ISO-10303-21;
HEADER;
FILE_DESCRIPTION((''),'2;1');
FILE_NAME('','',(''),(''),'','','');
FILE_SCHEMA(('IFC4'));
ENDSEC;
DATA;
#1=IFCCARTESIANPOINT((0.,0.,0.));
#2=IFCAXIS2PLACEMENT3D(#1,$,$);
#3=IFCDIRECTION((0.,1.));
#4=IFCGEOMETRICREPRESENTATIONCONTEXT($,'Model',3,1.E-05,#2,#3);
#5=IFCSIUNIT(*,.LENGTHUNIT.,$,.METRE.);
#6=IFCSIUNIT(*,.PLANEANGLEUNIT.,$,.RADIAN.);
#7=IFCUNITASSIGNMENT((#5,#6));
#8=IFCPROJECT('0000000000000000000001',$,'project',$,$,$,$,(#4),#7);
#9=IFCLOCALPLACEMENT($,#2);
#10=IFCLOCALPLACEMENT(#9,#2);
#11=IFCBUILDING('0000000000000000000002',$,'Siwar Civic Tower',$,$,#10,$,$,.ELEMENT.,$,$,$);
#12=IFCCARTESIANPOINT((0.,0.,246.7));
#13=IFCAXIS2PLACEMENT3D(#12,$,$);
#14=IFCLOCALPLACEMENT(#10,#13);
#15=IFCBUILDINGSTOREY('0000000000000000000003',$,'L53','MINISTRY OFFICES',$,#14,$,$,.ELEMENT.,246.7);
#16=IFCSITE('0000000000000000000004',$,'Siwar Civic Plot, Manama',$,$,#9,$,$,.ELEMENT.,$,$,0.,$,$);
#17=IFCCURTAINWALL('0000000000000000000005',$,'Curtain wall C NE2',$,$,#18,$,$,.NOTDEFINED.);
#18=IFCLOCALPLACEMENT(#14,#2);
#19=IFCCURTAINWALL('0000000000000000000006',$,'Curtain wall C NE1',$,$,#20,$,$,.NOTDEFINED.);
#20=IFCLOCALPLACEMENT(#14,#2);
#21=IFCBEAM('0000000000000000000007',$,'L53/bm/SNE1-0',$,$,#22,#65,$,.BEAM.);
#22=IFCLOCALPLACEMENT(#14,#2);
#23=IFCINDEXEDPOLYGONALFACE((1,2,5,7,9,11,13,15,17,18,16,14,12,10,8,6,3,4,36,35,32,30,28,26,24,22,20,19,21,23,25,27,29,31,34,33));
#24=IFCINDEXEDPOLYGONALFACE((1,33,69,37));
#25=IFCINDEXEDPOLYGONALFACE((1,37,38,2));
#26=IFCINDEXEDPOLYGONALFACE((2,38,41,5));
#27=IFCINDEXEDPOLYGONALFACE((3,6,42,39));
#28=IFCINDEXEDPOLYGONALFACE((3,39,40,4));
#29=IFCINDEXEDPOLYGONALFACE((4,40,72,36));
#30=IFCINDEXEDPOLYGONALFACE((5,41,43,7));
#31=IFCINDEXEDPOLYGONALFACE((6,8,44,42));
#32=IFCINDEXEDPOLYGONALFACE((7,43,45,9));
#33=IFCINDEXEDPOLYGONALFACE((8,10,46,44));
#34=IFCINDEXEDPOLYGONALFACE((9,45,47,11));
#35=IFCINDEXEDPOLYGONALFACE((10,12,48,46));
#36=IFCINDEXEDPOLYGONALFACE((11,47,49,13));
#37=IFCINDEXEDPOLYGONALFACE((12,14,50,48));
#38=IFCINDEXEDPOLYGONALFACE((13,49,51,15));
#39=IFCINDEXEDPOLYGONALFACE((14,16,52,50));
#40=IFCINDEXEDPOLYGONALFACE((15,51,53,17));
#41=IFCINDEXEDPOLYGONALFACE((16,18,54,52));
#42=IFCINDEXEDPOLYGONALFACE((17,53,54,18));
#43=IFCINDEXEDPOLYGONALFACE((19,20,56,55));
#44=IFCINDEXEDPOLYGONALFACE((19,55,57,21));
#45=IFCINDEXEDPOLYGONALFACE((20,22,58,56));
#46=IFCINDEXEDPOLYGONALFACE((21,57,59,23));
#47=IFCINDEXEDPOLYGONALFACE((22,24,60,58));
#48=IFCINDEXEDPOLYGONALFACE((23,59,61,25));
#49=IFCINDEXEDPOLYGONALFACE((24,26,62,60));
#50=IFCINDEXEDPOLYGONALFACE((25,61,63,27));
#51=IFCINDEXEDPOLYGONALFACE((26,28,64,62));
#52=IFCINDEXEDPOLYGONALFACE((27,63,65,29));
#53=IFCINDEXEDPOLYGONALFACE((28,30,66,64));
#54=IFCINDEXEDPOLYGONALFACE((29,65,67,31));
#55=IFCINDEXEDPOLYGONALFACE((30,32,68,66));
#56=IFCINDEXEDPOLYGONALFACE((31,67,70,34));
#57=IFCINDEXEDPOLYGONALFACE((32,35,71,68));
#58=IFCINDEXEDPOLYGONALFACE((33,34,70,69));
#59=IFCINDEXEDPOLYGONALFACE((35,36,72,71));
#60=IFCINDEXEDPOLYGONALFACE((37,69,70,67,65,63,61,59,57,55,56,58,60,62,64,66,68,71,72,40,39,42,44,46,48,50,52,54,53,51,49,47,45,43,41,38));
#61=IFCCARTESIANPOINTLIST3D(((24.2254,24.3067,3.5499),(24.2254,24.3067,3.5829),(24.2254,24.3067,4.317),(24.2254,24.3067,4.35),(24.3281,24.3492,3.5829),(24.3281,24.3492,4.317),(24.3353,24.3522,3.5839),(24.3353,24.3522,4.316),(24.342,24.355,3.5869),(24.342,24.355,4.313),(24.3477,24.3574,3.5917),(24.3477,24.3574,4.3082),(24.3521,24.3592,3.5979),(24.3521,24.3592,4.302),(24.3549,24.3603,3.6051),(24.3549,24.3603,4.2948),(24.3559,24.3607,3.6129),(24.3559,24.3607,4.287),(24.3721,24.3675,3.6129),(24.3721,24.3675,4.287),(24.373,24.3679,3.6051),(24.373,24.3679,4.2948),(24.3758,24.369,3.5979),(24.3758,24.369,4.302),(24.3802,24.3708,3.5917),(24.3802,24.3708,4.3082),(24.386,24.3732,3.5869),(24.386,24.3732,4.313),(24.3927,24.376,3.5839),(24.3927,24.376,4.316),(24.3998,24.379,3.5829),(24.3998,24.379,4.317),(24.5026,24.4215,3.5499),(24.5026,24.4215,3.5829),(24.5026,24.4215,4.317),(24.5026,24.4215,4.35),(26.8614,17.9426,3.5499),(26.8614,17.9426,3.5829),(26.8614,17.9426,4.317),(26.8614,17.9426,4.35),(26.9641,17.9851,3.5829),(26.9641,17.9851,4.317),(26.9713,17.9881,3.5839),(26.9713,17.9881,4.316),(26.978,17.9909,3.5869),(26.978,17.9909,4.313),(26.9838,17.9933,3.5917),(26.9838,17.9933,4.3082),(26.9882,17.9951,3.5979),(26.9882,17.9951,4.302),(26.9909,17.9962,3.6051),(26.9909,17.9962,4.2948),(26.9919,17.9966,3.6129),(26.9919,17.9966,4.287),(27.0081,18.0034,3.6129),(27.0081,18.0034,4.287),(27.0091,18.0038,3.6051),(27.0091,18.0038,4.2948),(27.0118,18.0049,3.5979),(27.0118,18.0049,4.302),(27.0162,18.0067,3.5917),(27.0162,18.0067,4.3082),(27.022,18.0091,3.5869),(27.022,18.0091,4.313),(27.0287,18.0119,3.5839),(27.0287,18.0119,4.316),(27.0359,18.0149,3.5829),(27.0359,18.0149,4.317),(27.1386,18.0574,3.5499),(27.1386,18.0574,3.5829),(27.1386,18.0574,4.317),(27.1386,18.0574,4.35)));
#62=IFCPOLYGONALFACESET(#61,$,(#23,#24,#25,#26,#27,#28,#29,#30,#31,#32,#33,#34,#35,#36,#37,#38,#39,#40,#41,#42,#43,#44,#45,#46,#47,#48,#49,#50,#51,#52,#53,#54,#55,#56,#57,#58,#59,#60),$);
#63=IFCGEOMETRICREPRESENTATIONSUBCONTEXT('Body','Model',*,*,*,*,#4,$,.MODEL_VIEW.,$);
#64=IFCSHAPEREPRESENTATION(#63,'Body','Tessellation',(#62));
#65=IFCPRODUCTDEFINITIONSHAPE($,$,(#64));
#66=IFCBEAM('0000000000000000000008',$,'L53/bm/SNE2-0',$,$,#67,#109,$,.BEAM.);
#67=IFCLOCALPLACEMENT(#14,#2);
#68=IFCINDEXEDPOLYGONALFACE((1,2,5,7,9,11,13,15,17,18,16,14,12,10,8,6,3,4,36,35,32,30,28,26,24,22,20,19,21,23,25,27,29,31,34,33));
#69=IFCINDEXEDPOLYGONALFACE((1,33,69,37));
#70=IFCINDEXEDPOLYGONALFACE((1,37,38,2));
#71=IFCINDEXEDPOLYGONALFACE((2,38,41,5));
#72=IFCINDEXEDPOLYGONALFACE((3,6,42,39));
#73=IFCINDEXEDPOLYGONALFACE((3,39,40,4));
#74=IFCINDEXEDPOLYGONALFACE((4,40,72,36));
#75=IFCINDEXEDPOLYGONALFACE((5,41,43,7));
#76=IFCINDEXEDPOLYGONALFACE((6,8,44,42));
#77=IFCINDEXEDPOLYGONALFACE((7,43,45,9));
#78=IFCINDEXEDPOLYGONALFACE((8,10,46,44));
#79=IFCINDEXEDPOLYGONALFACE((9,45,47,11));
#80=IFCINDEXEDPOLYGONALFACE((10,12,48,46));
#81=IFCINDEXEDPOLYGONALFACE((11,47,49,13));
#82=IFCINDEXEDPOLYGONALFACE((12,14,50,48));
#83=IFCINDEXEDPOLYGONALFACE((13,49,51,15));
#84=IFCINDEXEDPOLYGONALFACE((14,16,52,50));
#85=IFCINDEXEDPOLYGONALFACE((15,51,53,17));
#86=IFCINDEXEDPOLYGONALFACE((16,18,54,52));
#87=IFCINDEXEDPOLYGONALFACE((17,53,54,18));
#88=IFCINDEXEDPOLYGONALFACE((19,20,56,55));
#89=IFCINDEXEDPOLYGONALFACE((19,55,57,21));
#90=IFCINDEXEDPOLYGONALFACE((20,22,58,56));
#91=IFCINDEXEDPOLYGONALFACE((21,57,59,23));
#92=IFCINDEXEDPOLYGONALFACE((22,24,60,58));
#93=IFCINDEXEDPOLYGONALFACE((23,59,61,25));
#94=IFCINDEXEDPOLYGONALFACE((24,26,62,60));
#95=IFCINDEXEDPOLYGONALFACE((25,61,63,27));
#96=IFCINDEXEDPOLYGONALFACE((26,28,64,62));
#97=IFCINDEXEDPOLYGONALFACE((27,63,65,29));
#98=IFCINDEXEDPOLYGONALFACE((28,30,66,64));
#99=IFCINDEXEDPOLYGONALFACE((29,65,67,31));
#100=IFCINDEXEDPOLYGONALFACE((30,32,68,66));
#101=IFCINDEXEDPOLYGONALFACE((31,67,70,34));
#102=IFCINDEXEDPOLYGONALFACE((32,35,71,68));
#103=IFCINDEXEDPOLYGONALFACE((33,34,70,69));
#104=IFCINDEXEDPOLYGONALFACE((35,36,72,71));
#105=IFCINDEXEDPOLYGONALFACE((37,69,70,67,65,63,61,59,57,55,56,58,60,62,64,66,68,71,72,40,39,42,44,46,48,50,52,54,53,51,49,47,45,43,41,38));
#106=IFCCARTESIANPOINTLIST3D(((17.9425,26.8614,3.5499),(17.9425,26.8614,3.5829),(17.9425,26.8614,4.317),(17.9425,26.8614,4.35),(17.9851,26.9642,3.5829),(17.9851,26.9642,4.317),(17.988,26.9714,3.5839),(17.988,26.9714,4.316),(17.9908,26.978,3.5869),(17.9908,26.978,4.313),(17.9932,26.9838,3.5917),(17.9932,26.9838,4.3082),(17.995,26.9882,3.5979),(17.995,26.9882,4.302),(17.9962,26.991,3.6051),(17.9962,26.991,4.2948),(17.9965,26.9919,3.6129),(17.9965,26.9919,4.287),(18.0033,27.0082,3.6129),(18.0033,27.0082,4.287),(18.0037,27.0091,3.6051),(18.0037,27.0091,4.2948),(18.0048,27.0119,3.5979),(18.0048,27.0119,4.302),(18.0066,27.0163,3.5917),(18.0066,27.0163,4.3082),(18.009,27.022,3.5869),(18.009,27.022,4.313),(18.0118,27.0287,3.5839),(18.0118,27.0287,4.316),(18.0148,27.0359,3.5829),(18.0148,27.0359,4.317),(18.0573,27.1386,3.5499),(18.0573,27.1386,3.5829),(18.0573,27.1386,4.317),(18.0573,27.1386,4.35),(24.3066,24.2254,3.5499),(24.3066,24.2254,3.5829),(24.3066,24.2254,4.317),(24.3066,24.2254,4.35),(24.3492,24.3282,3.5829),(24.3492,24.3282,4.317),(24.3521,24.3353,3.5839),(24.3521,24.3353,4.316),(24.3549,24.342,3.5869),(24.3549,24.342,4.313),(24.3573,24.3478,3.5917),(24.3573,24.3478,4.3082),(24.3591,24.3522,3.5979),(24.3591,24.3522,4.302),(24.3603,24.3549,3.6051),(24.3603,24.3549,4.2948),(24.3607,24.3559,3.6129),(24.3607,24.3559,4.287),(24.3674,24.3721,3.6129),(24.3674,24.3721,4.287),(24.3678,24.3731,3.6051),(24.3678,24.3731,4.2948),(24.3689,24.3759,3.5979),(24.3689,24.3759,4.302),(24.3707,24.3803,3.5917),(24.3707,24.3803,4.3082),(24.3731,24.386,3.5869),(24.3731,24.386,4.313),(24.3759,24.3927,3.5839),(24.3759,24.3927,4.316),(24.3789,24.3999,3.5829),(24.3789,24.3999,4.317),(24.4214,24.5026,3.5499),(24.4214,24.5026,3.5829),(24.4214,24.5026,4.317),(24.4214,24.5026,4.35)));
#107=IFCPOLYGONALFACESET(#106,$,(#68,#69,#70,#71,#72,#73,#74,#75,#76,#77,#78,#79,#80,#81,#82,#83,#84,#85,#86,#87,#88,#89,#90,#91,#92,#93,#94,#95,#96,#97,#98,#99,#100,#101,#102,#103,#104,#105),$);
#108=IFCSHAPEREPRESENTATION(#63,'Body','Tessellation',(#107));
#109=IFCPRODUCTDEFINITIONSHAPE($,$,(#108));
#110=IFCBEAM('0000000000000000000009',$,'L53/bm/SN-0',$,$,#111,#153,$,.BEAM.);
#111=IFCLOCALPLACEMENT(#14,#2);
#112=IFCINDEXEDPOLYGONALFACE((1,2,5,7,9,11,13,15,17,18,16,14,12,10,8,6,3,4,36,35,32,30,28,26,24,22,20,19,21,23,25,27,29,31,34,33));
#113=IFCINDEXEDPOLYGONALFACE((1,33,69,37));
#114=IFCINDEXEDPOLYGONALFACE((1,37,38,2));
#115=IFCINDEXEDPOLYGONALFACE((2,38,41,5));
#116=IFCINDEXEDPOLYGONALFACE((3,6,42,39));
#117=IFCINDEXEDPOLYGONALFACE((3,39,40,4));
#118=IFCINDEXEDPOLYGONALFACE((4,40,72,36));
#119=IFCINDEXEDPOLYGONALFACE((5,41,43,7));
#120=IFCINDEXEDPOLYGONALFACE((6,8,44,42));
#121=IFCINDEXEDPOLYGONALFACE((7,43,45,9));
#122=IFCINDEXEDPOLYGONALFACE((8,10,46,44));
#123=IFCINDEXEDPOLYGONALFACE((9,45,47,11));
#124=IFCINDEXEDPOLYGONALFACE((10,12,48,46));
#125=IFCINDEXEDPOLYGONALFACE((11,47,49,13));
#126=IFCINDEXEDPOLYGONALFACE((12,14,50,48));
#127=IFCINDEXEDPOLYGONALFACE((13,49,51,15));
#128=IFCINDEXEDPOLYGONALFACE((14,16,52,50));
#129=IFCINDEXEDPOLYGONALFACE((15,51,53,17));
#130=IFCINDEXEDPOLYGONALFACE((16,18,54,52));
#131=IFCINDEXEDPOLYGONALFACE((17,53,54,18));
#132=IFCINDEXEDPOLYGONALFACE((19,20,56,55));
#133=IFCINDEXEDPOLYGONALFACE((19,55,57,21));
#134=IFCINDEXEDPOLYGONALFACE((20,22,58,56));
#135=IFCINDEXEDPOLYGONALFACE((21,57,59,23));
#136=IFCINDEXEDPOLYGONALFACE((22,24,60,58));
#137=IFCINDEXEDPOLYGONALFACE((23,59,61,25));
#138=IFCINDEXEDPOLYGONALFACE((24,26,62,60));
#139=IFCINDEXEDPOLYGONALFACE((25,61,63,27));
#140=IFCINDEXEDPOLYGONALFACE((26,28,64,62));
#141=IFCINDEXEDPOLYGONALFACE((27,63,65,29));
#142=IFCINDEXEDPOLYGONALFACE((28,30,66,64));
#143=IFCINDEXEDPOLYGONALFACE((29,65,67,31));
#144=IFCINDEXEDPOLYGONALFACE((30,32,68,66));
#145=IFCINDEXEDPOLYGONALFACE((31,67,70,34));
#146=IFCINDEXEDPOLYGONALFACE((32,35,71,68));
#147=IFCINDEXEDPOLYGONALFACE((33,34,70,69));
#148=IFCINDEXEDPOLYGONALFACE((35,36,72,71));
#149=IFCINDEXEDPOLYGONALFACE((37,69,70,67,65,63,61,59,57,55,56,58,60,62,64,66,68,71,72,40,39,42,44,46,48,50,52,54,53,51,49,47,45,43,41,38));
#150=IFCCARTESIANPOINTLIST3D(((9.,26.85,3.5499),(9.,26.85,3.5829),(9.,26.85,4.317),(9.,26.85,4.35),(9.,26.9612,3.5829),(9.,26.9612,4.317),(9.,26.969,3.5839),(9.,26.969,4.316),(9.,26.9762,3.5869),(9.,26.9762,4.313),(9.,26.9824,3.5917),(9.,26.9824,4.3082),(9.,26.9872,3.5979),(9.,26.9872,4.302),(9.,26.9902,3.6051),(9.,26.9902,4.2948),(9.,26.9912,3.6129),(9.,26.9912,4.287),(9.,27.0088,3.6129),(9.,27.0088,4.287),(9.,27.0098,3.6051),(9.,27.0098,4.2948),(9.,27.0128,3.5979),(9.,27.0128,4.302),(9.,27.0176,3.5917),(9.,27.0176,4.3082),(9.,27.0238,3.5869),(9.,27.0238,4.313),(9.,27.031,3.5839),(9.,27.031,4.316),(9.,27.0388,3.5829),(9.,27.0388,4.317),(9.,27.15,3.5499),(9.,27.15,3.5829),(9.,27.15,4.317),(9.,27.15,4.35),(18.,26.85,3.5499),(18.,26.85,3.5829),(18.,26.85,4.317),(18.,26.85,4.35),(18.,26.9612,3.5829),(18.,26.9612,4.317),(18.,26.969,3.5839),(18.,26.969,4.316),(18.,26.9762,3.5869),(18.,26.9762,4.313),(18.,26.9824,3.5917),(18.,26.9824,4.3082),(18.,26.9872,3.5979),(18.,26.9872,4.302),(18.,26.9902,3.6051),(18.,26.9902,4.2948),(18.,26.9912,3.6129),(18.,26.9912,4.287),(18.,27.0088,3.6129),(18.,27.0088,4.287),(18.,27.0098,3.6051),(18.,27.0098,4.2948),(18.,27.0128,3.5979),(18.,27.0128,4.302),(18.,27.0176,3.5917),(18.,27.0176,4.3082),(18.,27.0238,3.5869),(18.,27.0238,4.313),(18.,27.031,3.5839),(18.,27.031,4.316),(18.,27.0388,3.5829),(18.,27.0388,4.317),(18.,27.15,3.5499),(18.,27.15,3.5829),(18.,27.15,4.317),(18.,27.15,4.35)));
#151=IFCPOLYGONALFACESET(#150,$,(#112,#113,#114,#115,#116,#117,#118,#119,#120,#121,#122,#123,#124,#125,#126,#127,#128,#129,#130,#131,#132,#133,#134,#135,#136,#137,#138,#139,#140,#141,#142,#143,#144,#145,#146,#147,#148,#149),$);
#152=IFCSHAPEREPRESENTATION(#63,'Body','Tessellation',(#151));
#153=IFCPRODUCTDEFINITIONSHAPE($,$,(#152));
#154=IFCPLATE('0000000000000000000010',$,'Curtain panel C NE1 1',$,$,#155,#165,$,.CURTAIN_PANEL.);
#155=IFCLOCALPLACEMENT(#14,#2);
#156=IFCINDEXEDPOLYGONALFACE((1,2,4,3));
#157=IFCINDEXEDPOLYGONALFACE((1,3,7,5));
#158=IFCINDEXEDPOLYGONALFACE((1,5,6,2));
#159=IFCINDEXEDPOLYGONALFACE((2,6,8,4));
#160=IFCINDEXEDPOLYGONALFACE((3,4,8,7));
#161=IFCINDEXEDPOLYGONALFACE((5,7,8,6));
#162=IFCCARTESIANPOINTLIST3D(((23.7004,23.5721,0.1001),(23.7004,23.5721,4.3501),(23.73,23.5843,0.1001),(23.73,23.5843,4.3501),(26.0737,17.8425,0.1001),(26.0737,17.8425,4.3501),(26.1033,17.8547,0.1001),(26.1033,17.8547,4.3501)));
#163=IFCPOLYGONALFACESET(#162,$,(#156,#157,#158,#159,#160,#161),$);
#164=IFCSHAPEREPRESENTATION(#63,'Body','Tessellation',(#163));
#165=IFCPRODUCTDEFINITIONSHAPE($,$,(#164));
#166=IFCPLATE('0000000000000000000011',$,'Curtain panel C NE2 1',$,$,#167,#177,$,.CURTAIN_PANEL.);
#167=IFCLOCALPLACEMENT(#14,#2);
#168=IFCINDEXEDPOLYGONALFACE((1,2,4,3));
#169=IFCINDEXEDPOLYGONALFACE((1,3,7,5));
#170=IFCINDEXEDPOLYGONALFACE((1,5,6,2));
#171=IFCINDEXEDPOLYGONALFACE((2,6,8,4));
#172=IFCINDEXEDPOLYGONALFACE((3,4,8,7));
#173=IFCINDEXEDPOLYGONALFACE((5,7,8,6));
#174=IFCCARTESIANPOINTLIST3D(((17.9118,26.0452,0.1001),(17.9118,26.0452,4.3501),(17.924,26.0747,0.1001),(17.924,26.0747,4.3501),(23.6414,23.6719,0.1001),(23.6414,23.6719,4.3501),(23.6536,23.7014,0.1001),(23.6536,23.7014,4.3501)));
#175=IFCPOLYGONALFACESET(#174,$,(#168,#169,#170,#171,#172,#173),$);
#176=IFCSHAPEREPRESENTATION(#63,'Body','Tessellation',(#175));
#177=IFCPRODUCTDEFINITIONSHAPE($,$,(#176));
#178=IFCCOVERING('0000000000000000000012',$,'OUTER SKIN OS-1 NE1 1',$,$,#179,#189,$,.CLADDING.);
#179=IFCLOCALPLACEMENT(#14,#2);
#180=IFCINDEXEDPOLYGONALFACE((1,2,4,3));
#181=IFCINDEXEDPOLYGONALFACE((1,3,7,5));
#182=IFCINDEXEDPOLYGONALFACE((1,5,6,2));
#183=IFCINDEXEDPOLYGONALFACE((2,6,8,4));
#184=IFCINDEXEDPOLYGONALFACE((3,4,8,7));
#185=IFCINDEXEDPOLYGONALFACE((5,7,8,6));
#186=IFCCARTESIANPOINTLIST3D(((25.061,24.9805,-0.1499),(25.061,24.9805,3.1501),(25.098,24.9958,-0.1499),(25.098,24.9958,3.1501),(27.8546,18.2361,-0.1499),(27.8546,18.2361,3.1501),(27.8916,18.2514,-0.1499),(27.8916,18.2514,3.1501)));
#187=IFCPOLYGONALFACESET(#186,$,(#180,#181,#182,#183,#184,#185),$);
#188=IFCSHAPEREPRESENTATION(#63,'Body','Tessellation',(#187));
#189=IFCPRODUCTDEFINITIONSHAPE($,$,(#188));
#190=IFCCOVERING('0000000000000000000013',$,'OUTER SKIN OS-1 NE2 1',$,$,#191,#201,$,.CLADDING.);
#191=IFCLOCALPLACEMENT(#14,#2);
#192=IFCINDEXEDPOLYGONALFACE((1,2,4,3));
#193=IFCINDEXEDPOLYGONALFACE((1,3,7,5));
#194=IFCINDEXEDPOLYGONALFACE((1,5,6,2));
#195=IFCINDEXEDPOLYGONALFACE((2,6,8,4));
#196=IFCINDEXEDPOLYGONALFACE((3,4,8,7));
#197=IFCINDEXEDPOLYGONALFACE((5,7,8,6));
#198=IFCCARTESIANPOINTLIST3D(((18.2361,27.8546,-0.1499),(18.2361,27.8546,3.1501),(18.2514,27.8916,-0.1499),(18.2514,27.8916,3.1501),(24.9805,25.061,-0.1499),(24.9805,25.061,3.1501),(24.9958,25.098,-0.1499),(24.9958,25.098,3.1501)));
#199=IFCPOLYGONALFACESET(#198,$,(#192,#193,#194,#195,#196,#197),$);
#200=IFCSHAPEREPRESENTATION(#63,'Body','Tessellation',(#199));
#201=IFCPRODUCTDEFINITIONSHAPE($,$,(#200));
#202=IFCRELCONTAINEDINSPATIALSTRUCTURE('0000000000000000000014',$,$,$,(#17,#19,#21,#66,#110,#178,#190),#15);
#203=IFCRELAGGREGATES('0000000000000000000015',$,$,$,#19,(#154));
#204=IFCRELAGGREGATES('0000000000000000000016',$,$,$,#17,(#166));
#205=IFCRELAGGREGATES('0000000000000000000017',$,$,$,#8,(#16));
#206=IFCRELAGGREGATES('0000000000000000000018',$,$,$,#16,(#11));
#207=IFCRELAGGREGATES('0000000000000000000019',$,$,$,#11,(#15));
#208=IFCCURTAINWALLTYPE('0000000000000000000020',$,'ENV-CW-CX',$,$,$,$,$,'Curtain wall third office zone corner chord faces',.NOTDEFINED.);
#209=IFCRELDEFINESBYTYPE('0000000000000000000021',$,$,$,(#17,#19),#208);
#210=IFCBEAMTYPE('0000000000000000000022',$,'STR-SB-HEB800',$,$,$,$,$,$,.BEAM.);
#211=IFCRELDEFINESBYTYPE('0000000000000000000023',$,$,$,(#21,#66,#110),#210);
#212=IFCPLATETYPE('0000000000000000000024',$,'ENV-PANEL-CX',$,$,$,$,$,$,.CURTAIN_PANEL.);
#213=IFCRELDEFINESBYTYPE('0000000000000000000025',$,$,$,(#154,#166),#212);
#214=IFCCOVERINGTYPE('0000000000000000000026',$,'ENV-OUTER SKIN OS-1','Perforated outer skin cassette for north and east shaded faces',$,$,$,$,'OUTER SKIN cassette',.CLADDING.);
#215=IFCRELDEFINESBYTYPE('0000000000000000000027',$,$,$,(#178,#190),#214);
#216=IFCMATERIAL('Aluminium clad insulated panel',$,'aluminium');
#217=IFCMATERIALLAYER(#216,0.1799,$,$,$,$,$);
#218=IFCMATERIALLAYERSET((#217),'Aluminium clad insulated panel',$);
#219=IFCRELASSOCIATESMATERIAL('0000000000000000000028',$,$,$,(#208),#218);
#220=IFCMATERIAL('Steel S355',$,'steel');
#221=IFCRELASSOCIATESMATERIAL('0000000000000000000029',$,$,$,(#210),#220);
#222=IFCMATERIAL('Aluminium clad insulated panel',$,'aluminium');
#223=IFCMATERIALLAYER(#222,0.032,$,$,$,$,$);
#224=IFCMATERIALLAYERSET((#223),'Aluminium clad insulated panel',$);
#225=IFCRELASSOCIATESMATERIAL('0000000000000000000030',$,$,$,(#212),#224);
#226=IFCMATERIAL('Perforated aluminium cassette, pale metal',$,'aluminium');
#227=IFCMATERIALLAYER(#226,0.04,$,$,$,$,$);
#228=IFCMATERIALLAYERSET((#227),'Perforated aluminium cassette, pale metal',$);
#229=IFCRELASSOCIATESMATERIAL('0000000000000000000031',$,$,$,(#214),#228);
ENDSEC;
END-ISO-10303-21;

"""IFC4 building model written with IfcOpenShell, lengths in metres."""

from ifc_helpers import new_model, si_unit, direction, frame, origin, origin_2d, place, context, subcontext, project, spatial, rectangle, i_section, extrude, material, layer, layer_set, material_profile, profile_set, type_object, element, aggregate, save


model = new_model("IFC4")

# Units and contexts
model_context = context("Model", 3, precision=1e-05, world=origin(), true_north=direction((0.0, 1.0)))
body_context = subcontext(model_context, "Body", "Model", "MODEL_VIEW")
ifc_project = project(units=[si_unit("LENGTHUNIT", "METRE"), si_unit("PLANEANGLEUNIT", "RADIAN")], contexts=[model_context])

# Site, building, storey
site_placement = place(None, origin())
site = spatial("IfcSite", under=ifc_project, at=site_placement, Name="Siwar Civic Plot, Manama", CompositionType="ELEMENT", RefElevation=0.0)
building_placement = place(site_placement, origin())
building = spatial("IfcBuilding", under=site, at=building_placement, Name="Siwar Civic Tower", CompositionType="ELEMENT")
storey_placement = place(building_placement, frame((0.0, 0.0, 246.7)))
storey = spatial("IfcBuildingStorey", under=building, at=storey_placement, Name="L53", Description="MINISTRY OFFICES", CompositionType="ELEMENT", Elevation=246.7)

# Curtain walls
ifc_material_1 = material(Name="Aluminium clad insulated panel", Category="aluminium")
ifc_layer_1 = layer(ifc_material_1, 0.1799)
ifc_layer_set_1 = layer_set([ifc_layer_1], Name="Aluminium clad insulated panel")
curtain_wall_type_1 = type_object("IfcCurtainWallType", Name="ENV-CW-CX", ElementType="Curtain wall third office zone corner chord faces", PredefinedType="NOTDEFINED", material=ifc_layer_set_1)
curtain_wall_1_placement = place(storey_placement, origin())
curtain_wall_1 = element("IfcCurtainWall", 1, at=curtain_wall_1_placement, inside=storey, type_object=curtain_wall_type_1, Name="Curtain wall C NE2", PredefinedType="NOTDEFINED")
curtain_wall_2_placement = place(storey_placement, origin())
curtain_wall_2 = element("IfcCurtainWall", 2, at=curtain_wall_2_placement, inside=storey, type_object=curtain_wall_type_1, Name="Curtain wall C NE1", PredefinedType="NOTDEFINED")

# Beams
ifc_material_2 = material(Name="Steel S355", Category="steel")
ifc_material_profile_1 = material_profile(ifc_material_2, i_section(OverallWidth=0.3, OverallDepth=0.8, WebThickness=0.0176, FlangeThickness=0.033, FilletRadius=0.03, at=origin_2d()), Name="HEB800")
ifc_profile_set_1 = profile_set([ifc_material_profile_1], Name="Steel S355")
beam_type_1 = type_object("IfcBeamType", Name="STR-SB-HEB800", PredefinedType="BEAM", material=ifc_profile_set_1)
for number, where, z_axis, x_axis, name in (
    (3, (27.0, 18.0, 3.95), (-0.382674, 0.923883, 0.0), (-0.923883, -0.382674, 0.0), "L53/bm/SNE1-0"),
    (4, (24.364, 24.364, 3.95), (-0.923883, 0.382674, 0.0), (-0.382674, -0.923883, 0.0), "L53/bm/SNE2-0"),
):
    element("IfcBeam", number, at=place(storey_placement, frame(where, z_axis=z_axis, x_axis=x_axis)), inside=storey, type_object=beam_type_1, Name=name, PredefinedType="BEAM", context=body_context, shape_type="SweptSolid", body=[
        extrude(i_section(OverallWidth=0.3, OverallDepth=0.8, WebThickness=0.0176, FlangeThickness=0.033, FilletRadius=0.03, at=origin_2d()), origin(), (0.0, 0.0, 1.0), 6.8884),
    ])
beam_1_placement = place(storey_placement, frame((18.0, 27.0, 3.95), z_axis=(-1.0, 0.0, 0.0), x_axis=(0.0, -1.0, 0.0)))
element("IfcBeam", 5, at=beam_1_placement, inside=storey, type_object=beam_type_1, Name="L53/bm/SN-0", PredefinedType="BEAM", context=body_context, shape_type="SweptSolid", body=[
    extrude(i_section(OverallWidth=0.3, OverallDepth=0.8, WebThickness=0.0176, FlangeThickness=0.033, FilletRadius=0.03, at=origin_2d()), origin(), (0.0, 0.0, 1.0), 9.0),
])

# Plates
ifc_material_3 = material(Name="Aluminium clad insulated panel", Category="aluminium")
ifc_layer_2 = layer(ifc_material_3, 0.032)
ifc_layer_set_2 = layer_set([ifc_layer_2], Name="Aluminium clad insulated panel")
plate_type = type_object("IfcPlateType", Name="ENV-PANEL-CX", PredefinedType="CURTAIN_PANEL", material=ifc_layer_set_2)
plate_1_placement = place(storey_placement, frame((24.9019, 20.7134, 0.1001), z_axis=(0.0, 0.0, 1.0), x_axis=(-0.382683, 0.92388, 0.0)))
plate_1 = element("IfcPlate", 6, at=plate_1_placement, type_object=plate_type, Name="Curtain panel C NE1 1", PredefinedType="CURTAIN_PANEL", context=body_context, shape_type="SweptSolid", body=[
    extrude(rectangle(XDim=6.2017, YDim=0.032, at=origin_2d()), origin(), (0.0, 0.0, 1.0), 4.25),
])
aggregate(curtain_wall_2, [plate_1])
plate_2_placement = place(storey_placement, frame((20.7827, 24.8733, 0.1001), z_axis=(0.0, 0.0, 1.0), x_axis=(-0.92388, 0.382683, 0.0)))
plate_2 = element("IfcPlate", 7, at=plate_2_placement, type_object=plate_type, Name="Curtain panel C NE2 1", PredefinedType="CURTAIN_PANEL", context=body_context, shape_type="SweptSolid", body=[
    extrude(rectangle(XDim=6.2017, YDim=0.032, at=origin_2d()), origin(), (0.0, 0.0, 1.0), 4.25),
])
aggregate(curtain_wall_1, [plate_2])

# Coverings
ifc_material_4 = material(Name="Perforated aluminium cassette, pale metal", Category="aluminium")
ifc_layer_3 = layer(ifc_material_4, 0.04)
ifc_layer_set_3 = layer_set([ifc_layer_3], Name="Perforated aluminium cassette, pale metal")
covering_type = type_object("IfcCoveringType", Name="ENV-OUTER SKIN OS-1", Description="Perforated outer skin cassette for north and east shaded faces", ElementType="OUTER SKIN cassette", PredefinedType="CLADDING", material=ifc_layer_set_3)
for number, where, z_axis, x_axis, name in (
    (8, (26.4763, 21.616, -0.1499), (0.0, 0.0, 1.0), (-0.382683, 0.92388, 0.0), "OUTER SKIN OS-1 NE1 1"),
    (9, (21.616, 26.4763, -0.1499), (0.0, 0.0, 1.0), (-0.92388, 0.382683, 0.0), "OUTER SKIN OS-1 NE2 1"),
):
    element("IfcCovering", number, at=place(storey_placement, frame(where, z_axis=z_axis, x_axis=x_axis)), inside=storey, type_object=covering_type, Name=name, PredefinedType="CLADDING", context=body_context, shape_type="SweptSolid", body=[
        extrude(rectangle(XDim=7.3, YDim=0.04, at=origin_2d()), origin(), (0.0, 0.0, 1.0), 3.3),
    ])

save(model, "model.ifc")
